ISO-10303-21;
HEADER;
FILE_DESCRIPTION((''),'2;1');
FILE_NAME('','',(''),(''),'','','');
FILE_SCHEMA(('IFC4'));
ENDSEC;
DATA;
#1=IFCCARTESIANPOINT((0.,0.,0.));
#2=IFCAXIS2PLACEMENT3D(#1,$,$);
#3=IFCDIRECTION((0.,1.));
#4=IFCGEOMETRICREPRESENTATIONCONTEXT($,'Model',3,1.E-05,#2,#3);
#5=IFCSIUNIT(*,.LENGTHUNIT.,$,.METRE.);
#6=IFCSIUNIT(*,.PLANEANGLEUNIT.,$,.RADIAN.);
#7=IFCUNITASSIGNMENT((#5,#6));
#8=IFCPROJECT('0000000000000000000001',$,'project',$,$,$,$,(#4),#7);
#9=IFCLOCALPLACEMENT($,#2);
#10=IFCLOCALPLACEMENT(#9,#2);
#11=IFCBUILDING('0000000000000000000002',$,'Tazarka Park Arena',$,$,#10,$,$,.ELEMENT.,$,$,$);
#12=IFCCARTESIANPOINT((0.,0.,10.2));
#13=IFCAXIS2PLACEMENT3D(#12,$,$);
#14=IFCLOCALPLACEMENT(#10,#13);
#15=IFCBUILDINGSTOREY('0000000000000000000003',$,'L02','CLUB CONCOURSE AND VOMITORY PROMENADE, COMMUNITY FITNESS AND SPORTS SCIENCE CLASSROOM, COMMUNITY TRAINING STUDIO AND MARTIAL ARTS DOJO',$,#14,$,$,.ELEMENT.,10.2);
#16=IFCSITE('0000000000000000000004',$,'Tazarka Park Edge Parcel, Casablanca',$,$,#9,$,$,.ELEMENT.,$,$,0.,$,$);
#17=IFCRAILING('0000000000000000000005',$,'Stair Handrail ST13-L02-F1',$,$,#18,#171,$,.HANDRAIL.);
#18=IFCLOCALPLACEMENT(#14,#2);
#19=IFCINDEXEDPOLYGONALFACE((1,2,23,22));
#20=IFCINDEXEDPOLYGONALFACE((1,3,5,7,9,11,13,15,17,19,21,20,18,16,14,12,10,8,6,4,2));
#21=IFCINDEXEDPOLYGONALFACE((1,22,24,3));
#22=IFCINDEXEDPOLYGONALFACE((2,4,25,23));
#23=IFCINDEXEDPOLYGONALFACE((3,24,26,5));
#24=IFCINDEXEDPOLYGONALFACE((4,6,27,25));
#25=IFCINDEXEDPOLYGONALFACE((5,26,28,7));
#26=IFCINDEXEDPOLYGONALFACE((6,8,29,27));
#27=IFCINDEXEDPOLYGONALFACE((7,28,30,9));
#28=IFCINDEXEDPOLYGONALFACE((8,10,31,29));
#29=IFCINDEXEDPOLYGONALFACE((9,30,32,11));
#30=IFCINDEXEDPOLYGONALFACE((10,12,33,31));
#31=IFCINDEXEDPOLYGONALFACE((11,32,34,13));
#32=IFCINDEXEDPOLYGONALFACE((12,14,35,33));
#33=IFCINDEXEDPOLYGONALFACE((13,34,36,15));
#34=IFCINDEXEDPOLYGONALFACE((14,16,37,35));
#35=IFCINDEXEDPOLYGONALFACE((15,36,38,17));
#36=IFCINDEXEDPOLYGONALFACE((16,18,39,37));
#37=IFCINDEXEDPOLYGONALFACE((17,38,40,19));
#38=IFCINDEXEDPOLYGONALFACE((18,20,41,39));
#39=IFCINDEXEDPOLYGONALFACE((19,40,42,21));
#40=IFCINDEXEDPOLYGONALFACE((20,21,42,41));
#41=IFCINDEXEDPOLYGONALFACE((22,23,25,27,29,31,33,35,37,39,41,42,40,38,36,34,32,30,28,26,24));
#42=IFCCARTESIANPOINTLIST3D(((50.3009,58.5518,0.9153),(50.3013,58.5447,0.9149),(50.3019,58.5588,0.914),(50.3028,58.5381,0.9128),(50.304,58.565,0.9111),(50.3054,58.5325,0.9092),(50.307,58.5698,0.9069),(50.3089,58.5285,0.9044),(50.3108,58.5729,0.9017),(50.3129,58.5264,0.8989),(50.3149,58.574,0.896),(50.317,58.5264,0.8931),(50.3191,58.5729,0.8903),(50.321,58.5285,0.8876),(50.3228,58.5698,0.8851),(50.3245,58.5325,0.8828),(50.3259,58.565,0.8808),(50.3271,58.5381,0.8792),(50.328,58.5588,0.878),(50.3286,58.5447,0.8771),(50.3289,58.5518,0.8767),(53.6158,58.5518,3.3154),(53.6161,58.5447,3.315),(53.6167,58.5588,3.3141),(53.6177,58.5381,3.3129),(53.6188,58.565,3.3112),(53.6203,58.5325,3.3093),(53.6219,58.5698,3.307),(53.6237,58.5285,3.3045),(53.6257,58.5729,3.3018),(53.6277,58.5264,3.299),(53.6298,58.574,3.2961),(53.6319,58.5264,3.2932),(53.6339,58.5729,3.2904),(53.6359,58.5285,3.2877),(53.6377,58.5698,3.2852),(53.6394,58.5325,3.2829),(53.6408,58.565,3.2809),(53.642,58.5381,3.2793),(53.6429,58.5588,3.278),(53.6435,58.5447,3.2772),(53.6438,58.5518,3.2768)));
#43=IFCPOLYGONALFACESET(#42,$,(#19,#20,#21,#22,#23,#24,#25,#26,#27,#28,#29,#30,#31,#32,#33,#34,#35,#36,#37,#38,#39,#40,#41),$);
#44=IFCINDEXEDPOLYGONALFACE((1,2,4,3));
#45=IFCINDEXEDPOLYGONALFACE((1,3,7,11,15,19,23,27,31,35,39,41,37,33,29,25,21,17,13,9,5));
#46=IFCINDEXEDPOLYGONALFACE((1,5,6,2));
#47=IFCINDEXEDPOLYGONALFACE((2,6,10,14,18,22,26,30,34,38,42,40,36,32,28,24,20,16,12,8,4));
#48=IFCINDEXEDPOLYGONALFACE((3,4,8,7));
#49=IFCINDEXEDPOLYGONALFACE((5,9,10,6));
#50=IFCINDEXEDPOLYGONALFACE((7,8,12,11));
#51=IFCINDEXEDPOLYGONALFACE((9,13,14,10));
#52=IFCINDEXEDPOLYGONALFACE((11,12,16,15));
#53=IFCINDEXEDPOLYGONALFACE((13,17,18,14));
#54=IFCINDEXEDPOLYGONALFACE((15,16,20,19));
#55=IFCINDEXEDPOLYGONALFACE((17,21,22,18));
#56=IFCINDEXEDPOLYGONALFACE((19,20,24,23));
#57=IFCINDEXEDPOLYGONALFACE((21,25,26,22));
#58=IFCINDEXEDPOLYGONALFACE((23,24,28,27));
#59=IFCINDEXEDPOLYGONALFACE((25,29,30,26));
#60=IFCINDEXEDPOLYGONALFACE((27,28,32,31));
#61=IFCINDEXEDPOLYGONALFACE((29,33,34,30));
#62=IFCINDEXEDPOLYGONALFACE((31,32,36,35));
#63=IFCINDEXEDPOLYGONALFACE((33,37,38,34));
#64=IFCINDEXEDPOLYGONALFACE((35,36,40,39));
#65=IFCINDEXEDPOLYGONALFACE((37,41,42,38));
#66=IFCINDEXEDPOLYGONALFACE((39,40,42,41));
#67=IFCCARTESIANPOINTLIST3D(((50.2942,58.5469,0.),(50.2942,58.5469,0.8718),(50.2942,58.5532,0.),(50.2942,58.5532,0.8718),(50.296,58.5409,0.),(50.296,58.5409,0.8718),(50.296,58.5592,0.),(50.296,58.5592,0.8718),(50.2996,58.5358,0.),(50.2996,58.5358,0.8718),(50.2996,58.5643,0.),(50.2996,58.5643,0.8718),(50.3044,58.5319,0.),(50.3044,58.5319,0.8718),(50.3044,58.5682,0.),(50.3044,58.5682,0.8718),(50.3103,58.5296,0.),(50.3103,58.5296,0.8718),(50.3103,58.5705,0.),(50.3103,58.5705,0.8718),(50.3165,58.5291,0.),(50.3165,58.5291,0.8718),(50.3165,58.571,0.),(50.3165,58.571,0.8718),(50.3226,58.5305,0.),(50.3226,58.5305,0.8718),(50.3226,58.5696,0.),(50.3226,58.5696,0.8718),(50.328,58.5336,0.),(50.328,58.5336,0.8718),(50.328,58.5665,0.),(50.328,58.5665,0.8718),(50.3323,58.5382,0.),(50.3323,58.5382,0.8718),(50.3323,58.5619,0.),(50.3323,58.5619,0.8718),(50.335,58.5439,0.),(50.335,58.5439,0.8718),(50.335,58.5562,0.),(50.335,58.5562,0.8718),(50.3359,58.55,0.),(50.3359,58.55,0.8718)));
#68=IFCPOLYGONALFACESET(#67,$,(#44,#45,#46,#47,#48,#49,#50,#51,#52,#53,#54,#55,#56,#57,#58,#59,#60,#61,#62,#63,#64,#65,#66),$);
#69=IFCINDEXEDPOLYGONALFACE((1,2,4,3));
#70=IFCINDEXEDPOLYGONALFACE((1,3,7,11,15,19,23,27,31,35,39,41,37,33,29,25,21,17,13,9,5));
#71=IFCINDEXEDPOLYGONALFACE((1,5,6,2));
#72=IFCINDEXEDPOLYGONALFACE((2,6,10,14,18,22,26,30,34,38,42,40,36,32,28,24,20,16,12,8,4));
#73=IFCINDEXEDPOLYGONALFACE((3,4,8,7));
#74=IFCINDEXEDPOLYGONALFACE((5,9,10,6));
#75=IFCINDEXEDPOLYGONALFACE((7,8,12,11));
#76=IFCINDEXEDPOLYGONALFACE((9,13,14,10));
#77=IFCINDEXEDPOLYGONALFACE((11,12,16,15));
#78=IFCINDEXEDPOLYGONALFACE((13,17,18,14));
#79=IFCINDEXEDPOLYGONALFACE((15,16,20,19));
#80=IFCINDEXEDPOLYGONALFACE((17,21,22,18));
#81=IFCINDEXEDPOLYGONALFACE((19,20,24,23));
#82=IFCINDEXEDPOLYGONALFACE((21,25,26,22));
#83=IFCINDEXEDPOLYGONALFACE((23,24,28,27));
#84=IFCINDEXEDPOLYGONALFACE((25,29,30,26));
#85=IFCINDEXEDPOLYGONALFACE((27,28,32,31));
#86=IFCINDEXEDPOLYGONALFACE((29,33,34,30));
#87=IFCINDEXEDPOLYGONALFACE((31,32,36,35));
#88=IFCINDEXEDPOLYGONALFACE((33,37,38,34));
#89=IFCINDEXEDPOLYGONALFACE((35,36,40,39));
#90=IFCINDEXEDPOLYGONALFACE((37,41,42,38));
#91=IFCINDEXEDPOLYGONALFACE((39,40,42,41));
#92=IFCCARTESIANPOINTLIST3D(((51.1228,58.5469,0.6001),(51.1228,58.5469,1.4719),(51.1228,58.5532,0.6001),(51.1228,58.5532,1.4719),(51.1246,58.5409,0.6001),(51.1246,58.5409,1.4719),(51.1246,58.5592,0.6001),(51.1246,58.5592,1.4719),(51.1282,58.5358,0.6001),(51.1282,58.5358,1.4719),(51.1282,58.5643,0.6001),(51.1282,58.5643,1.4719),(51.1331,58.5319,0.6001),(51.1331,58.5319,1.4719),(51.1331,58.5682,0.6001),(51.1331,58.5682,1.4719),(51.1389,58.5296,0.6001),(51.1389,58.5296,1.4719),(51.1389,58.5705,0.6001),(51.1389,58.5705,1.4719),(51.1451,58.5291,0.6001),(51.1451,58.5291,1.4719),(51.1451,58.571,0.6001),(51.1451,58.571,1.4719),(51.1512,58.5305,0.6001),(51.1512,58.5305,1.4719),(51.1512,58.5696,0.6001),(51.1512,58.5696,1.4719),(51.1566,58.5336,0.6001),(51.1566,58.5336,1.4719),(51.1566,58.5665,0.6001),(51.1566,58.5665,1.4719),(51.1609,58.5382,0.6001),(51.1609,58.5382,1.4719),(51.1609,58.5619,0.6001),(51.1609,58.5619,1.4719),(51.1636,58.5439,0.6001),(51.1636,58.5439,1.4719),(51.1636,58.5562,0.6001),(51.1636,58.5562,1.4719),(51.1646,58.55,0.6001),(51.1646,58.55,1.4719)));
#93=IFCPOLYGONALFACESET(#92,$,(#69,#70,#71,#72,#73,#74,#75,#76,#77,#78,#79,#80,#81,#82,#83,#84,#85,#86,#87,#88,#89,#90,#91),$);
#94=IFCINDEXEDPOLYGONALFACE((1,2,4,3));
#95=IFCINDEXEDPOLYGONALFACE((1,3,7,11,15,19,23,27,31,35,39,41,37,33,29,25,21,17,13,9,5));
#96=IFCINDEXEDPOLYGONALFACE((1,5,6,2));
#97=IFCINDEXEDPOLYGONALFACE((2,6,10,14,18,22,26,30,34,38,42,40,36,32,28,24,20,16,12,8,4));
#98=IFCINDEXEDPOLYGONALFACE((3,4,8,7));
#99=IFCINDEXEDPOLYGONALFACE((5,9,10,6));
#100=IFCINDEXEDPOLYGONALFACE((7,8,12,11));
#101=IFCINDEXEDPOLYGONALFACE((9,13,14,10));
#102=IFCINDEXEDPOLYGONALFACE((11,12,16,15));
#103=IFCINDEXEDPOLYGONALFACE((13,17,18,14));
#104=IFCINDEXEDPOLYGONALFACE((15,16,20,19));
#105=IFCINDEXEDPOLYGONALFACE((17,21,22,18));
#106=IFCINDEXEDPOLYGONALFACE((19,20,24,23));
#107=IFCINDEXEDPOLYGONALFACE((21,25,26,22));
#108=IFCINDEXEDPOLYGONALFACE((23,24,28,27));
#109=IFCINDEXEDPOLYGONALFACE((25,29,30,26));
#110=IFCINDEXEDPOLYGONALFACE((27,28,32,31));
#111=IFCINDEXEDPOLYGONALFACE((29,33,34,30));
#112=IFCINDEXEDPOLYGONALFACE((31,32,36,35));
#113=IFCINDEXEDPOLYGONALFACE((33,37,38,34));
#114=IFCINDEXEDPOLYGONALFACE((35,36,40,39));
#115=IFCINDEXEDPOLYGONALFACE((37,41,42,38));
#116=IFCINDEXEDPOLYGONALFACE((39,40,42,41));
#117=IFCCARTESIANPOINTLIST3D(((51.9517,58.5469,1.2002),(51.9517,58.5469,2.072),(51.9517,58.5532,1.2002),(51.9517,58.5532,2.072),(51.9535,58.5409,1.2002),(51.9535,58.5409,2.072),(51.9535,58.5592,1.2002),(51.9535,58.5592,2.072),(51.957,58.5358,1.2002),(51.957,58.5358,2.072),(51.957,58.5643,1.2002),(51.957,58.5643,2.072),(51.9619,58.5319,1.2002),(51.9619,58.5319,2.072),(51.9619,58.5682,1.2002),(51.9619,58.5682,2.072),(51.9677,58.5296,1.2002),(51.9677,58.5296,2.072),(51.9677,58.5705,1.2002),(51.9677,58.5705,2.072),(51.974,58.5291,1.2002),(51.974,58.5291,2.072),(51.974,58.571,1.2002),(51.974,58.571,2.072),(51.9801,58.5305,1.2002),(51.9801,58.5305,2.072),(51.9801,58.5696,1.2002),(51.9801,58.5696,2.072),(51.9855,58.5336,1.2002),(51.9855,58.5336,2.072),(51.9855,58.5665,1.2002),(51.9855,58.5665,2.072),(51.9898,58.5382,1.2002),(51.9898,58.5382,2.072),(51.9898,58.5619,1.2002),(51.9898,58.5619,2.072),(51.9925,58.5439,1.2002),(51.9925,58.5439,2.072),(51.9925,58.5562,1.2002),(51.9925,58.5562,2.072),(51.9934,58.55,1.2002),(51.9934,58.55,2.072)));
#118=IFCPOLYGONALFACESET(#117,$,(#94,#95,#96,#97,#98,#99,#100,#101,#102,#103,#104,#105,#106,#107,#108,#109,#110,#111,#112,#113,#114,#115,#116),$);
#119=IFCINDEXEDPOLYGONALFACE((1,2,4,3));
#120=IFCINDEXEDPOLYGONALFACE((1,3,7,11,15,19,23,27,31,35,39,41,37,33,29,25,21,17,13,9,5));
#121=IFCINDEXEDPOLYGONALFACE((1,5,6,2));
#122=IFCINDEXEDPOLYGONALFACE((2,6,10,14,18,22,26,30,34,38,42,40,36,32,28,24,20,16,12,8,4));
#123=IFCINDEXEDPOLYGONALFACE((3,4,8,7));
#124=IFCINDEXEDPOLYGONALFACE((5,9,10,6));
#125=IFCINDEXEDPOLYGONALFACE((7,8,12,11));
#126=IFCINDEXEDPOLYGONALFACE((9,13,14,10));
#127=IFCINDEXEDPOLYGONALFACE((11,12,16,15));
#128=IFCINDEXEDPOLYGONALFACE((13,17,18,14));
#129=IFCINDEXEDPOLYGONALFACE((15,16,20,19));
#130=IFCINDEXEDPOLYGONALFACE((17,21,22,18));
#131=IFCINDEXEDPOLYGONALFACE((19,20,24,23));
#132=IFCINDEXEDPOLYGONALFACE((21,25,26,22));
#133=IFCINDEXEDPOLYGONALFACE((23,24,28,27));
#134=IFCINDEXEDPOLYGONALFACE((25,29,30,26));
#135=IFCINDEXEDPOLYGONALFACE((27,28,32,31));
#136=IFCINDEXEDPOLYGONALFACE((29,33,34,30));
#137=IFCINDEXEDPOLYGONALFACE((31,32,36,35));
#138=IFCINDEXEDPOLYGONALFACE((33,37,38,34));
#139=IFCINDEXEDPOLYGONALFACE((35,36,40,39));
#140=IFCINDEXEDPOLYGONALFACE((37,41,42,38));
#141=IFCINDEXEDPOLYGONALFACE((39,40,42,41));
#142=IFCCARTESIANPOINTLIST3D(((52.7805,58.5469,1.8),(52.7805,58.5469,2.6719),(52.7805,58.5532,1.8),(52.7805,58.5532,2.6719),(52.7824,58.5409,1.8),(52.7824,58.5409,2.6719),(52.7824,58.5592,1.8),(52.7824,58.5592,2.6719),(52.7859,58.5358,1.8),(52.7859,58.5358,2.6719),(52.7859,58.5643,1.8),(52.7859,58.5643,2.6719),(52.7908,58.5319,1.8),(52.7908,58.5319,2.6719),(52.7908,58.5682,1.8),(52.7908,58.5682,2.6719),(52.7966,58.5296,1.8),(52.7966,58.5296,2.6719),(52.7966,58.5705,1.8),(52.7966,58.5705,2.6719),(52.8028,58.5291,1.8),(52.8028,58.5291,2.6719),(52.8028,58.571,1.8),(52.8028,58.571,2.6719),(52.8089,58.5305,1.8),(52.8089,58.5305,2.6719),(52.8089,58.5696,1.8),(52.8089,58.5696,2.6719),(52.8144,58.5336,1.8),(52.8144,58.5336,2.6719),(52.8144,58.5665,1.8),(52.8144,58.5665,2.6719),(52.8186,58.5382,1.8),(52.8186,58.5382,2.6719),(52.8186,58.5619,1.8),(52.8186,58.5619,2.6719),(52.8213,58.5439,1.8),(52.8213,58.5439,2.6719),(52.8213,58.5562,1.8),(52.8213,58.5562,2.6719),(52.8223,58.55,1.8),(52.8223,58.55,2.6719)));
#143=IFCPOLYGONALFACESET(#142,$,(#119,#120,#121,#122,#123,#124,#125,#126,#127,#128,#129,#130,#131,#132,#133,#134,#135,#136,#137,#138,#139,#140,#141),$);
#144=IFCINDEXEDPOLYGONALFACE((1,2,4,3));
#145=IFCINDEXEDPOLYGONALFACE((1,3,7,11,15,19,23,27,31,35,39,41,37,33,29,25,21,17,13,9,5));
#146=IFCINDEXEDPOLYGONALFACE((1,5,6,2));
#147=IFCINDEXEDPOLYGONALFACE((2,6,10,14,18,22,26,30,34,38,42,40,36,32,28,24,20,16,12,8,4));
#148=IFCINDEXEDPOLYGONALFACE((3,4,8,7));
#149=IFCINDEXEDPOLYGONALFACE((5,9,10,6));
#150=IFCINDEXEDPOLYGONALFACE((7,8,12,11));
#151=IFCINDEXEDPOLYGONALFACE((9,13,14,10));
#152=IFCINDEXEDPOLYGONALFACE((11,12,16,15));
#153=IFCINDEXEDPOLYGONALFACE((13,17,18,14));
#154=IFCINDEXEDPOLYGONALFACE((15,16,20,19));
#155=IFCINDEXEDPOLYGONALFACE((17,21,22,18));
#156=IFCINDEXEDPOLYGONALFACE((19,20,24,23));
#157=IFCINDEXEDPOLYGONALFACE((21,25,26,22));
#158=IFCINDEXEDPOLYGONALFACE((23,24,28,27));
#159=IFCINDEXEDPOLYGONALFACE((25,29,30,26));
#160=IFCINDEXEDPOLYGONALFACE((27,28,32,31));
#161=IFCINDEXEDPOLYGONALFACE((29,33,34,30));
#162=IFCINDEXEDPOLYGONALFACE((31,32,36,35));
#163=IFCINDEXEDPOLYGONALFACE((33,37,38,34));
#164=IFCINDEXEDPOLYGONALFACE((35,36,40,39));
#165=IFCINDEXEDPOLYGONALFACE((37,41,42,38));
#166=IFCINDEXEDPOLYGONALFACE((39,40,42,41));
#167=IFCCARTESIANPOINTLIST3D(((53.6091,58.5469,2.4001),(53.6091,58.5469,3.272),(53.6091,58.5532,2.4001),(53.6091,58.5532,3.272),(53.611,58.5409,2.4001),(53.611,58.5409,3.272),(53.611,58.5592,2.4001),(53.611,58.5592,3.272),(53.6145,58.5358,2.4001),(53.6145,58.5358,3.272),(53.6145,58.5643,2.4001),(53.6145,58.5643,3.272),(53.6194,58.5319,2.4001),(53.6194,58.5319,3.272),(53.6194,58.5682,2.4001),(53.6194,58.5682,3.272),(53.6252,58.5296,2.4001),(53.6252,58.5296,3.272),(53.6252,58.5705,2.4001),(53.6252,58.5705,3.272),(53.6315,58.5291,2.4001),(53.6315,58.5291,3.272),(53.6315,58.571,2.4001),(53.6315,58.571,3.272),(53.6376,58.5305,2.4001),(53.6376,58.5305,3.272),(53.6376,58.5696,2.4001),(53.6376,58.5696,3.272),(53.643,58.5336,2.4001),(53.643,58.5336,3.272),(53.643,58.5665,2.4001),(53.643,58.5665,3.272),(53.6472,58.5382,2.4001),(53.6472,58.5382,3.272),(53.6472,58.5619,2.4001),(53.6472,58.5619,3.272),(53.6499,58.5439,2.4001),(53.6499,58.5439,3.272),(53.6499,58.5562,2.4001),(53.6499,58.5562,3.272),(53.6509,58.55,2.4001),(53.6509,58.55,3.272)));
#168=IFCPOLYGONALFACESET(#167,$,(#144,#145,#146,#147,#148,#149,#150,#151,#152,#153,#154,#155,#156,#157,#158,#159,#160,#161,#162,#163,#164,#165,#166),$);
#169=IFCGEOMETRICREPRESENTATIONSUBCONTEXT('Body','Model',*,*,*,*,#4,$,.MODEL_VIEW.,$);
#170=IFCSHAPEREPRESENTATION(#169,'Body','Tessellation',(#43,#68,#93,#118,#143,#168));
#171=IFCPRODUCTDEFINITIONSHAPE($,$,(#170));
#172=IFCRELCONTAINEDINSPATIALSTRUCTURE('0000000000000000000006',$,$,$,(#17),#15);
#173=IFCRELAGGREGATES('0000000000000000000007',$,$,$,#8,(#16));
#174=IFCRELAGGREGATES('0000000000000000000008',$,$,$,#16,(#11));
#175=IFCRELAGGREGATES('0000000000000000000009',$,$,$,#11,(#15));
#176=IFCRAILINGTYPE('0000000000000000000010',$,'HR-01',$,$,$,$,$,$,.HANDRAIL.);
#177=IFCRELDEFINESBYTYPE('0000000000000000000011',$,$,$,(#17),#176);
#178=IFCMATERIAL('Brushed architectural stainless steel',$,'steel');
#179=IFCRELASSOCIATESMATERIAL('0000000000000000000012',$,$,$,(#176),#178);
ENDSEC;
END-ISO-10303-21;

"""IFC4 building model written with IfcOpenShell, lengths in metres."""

from ifc_helpers import new_model, si_unit, direction, frame, origin, origin_2d, place, context, subcontext, project, spatial, circle, extrude, material, type_object, element, save


model = new_model("IFC4")

# Units and contexts
model_context = context("Model", 3, precision=1e-05, world=origin(), true_north=direction((0.0, 1.0)))
body_context = subcontext(model_context, "Body", "Model", "MODEL_VIEW")
ifc_project = project(units=[si_unit("LENGTHUNIT", "METRE"), si_unit("PLANEANGLEUNIT", "RADIAN")], contexts=[model_context])

# Site, building, storey
site_placement = place(None, origin())
site = spatial("IfcSite", under=ifc_project, at=site_placement, Name="Tazarka Park Edge Parcel, Casablanca", CompositionType="ELEMENT", RefElevation=0.0)
building_placement = place(site_placement, origin())
building = spatial("IfcBuilding", under=site, at=building_placement, Name="Tazarka Park Arena", CompositionType="ELEMENT")
storey_placement = place(building_placement, frame((0.0, 0.0, 10.2)))
storey = spatial("IfcBuildingStorey", under=building, at=storey_placement, Name="L02", Description="CLUB CONCOURSE AND VOMITORY PROMENADE, COMMUNITY FITNESS AND SPORTS SCIENCE CLASSROOM, COMMUNITY TRAINING STUDIO AND MARTIAL ARTS DOJO", CompositionType="ELEMENT", Elevation=10.2)

# Railing
ifc_material_1 = material(Name="Brushed architectural stainless steel", Category="steel")
railing_type_1 = type_object("IfcRailingType", Name="HR-01", PredefinedType="HANDRAIL", material=ifc_material_1)
railing_1_placement = place(storey_placement, frame((50.3149, 58.55, 0.0)))
element("IfcRailing", 1, at=railing_1_placement, inside=storey, type_object=railing_type_1, Name="Stair Handrail ST13-L02-F1", PredefinedType="HANDRAIL", context=body_context, shape_type="SweptSolid", body=[
    extrude(circle(Radius=0.0239, at=origin_2d()), frame((0.0, 0.0, 0.896), z_axis=(0.80998, 0.0, 0.586457), x_axis=(0.0, 1.0, 0.0)), (0.0, 0.0, 1.0), 4.0925),
    extrude(circle(Radius=0.021, at=origin_2d()), origin(), (0.0, 0.0, 1.0), 0.8718),
    extrude(circle(Radius=0.021, at=origin_2d()), frame((0.8286, 0.0, 0.6001)), (0.0, 0.0, 1.0), 0.8718),
    extrude(circle(Radius=0.021, at=origin_2d()), frame((1.6575, 0.0, 1.2002)), (0.0, 0.0, 1.0), 0.8718),
    extrude(circle(Radius=0.021, at=origin_2d()), frame((2.4863, 0.0, 1.8)), (0.0, 0.0, 1.0), 0.8718),
    extrude(circle(Radius=0.021, at=origin_2d()), frame((3.3149, 0.0, 2.4001)), (0.0, 0.0, 1.0), 0.8718),
])

save(model, "model.ifc")
